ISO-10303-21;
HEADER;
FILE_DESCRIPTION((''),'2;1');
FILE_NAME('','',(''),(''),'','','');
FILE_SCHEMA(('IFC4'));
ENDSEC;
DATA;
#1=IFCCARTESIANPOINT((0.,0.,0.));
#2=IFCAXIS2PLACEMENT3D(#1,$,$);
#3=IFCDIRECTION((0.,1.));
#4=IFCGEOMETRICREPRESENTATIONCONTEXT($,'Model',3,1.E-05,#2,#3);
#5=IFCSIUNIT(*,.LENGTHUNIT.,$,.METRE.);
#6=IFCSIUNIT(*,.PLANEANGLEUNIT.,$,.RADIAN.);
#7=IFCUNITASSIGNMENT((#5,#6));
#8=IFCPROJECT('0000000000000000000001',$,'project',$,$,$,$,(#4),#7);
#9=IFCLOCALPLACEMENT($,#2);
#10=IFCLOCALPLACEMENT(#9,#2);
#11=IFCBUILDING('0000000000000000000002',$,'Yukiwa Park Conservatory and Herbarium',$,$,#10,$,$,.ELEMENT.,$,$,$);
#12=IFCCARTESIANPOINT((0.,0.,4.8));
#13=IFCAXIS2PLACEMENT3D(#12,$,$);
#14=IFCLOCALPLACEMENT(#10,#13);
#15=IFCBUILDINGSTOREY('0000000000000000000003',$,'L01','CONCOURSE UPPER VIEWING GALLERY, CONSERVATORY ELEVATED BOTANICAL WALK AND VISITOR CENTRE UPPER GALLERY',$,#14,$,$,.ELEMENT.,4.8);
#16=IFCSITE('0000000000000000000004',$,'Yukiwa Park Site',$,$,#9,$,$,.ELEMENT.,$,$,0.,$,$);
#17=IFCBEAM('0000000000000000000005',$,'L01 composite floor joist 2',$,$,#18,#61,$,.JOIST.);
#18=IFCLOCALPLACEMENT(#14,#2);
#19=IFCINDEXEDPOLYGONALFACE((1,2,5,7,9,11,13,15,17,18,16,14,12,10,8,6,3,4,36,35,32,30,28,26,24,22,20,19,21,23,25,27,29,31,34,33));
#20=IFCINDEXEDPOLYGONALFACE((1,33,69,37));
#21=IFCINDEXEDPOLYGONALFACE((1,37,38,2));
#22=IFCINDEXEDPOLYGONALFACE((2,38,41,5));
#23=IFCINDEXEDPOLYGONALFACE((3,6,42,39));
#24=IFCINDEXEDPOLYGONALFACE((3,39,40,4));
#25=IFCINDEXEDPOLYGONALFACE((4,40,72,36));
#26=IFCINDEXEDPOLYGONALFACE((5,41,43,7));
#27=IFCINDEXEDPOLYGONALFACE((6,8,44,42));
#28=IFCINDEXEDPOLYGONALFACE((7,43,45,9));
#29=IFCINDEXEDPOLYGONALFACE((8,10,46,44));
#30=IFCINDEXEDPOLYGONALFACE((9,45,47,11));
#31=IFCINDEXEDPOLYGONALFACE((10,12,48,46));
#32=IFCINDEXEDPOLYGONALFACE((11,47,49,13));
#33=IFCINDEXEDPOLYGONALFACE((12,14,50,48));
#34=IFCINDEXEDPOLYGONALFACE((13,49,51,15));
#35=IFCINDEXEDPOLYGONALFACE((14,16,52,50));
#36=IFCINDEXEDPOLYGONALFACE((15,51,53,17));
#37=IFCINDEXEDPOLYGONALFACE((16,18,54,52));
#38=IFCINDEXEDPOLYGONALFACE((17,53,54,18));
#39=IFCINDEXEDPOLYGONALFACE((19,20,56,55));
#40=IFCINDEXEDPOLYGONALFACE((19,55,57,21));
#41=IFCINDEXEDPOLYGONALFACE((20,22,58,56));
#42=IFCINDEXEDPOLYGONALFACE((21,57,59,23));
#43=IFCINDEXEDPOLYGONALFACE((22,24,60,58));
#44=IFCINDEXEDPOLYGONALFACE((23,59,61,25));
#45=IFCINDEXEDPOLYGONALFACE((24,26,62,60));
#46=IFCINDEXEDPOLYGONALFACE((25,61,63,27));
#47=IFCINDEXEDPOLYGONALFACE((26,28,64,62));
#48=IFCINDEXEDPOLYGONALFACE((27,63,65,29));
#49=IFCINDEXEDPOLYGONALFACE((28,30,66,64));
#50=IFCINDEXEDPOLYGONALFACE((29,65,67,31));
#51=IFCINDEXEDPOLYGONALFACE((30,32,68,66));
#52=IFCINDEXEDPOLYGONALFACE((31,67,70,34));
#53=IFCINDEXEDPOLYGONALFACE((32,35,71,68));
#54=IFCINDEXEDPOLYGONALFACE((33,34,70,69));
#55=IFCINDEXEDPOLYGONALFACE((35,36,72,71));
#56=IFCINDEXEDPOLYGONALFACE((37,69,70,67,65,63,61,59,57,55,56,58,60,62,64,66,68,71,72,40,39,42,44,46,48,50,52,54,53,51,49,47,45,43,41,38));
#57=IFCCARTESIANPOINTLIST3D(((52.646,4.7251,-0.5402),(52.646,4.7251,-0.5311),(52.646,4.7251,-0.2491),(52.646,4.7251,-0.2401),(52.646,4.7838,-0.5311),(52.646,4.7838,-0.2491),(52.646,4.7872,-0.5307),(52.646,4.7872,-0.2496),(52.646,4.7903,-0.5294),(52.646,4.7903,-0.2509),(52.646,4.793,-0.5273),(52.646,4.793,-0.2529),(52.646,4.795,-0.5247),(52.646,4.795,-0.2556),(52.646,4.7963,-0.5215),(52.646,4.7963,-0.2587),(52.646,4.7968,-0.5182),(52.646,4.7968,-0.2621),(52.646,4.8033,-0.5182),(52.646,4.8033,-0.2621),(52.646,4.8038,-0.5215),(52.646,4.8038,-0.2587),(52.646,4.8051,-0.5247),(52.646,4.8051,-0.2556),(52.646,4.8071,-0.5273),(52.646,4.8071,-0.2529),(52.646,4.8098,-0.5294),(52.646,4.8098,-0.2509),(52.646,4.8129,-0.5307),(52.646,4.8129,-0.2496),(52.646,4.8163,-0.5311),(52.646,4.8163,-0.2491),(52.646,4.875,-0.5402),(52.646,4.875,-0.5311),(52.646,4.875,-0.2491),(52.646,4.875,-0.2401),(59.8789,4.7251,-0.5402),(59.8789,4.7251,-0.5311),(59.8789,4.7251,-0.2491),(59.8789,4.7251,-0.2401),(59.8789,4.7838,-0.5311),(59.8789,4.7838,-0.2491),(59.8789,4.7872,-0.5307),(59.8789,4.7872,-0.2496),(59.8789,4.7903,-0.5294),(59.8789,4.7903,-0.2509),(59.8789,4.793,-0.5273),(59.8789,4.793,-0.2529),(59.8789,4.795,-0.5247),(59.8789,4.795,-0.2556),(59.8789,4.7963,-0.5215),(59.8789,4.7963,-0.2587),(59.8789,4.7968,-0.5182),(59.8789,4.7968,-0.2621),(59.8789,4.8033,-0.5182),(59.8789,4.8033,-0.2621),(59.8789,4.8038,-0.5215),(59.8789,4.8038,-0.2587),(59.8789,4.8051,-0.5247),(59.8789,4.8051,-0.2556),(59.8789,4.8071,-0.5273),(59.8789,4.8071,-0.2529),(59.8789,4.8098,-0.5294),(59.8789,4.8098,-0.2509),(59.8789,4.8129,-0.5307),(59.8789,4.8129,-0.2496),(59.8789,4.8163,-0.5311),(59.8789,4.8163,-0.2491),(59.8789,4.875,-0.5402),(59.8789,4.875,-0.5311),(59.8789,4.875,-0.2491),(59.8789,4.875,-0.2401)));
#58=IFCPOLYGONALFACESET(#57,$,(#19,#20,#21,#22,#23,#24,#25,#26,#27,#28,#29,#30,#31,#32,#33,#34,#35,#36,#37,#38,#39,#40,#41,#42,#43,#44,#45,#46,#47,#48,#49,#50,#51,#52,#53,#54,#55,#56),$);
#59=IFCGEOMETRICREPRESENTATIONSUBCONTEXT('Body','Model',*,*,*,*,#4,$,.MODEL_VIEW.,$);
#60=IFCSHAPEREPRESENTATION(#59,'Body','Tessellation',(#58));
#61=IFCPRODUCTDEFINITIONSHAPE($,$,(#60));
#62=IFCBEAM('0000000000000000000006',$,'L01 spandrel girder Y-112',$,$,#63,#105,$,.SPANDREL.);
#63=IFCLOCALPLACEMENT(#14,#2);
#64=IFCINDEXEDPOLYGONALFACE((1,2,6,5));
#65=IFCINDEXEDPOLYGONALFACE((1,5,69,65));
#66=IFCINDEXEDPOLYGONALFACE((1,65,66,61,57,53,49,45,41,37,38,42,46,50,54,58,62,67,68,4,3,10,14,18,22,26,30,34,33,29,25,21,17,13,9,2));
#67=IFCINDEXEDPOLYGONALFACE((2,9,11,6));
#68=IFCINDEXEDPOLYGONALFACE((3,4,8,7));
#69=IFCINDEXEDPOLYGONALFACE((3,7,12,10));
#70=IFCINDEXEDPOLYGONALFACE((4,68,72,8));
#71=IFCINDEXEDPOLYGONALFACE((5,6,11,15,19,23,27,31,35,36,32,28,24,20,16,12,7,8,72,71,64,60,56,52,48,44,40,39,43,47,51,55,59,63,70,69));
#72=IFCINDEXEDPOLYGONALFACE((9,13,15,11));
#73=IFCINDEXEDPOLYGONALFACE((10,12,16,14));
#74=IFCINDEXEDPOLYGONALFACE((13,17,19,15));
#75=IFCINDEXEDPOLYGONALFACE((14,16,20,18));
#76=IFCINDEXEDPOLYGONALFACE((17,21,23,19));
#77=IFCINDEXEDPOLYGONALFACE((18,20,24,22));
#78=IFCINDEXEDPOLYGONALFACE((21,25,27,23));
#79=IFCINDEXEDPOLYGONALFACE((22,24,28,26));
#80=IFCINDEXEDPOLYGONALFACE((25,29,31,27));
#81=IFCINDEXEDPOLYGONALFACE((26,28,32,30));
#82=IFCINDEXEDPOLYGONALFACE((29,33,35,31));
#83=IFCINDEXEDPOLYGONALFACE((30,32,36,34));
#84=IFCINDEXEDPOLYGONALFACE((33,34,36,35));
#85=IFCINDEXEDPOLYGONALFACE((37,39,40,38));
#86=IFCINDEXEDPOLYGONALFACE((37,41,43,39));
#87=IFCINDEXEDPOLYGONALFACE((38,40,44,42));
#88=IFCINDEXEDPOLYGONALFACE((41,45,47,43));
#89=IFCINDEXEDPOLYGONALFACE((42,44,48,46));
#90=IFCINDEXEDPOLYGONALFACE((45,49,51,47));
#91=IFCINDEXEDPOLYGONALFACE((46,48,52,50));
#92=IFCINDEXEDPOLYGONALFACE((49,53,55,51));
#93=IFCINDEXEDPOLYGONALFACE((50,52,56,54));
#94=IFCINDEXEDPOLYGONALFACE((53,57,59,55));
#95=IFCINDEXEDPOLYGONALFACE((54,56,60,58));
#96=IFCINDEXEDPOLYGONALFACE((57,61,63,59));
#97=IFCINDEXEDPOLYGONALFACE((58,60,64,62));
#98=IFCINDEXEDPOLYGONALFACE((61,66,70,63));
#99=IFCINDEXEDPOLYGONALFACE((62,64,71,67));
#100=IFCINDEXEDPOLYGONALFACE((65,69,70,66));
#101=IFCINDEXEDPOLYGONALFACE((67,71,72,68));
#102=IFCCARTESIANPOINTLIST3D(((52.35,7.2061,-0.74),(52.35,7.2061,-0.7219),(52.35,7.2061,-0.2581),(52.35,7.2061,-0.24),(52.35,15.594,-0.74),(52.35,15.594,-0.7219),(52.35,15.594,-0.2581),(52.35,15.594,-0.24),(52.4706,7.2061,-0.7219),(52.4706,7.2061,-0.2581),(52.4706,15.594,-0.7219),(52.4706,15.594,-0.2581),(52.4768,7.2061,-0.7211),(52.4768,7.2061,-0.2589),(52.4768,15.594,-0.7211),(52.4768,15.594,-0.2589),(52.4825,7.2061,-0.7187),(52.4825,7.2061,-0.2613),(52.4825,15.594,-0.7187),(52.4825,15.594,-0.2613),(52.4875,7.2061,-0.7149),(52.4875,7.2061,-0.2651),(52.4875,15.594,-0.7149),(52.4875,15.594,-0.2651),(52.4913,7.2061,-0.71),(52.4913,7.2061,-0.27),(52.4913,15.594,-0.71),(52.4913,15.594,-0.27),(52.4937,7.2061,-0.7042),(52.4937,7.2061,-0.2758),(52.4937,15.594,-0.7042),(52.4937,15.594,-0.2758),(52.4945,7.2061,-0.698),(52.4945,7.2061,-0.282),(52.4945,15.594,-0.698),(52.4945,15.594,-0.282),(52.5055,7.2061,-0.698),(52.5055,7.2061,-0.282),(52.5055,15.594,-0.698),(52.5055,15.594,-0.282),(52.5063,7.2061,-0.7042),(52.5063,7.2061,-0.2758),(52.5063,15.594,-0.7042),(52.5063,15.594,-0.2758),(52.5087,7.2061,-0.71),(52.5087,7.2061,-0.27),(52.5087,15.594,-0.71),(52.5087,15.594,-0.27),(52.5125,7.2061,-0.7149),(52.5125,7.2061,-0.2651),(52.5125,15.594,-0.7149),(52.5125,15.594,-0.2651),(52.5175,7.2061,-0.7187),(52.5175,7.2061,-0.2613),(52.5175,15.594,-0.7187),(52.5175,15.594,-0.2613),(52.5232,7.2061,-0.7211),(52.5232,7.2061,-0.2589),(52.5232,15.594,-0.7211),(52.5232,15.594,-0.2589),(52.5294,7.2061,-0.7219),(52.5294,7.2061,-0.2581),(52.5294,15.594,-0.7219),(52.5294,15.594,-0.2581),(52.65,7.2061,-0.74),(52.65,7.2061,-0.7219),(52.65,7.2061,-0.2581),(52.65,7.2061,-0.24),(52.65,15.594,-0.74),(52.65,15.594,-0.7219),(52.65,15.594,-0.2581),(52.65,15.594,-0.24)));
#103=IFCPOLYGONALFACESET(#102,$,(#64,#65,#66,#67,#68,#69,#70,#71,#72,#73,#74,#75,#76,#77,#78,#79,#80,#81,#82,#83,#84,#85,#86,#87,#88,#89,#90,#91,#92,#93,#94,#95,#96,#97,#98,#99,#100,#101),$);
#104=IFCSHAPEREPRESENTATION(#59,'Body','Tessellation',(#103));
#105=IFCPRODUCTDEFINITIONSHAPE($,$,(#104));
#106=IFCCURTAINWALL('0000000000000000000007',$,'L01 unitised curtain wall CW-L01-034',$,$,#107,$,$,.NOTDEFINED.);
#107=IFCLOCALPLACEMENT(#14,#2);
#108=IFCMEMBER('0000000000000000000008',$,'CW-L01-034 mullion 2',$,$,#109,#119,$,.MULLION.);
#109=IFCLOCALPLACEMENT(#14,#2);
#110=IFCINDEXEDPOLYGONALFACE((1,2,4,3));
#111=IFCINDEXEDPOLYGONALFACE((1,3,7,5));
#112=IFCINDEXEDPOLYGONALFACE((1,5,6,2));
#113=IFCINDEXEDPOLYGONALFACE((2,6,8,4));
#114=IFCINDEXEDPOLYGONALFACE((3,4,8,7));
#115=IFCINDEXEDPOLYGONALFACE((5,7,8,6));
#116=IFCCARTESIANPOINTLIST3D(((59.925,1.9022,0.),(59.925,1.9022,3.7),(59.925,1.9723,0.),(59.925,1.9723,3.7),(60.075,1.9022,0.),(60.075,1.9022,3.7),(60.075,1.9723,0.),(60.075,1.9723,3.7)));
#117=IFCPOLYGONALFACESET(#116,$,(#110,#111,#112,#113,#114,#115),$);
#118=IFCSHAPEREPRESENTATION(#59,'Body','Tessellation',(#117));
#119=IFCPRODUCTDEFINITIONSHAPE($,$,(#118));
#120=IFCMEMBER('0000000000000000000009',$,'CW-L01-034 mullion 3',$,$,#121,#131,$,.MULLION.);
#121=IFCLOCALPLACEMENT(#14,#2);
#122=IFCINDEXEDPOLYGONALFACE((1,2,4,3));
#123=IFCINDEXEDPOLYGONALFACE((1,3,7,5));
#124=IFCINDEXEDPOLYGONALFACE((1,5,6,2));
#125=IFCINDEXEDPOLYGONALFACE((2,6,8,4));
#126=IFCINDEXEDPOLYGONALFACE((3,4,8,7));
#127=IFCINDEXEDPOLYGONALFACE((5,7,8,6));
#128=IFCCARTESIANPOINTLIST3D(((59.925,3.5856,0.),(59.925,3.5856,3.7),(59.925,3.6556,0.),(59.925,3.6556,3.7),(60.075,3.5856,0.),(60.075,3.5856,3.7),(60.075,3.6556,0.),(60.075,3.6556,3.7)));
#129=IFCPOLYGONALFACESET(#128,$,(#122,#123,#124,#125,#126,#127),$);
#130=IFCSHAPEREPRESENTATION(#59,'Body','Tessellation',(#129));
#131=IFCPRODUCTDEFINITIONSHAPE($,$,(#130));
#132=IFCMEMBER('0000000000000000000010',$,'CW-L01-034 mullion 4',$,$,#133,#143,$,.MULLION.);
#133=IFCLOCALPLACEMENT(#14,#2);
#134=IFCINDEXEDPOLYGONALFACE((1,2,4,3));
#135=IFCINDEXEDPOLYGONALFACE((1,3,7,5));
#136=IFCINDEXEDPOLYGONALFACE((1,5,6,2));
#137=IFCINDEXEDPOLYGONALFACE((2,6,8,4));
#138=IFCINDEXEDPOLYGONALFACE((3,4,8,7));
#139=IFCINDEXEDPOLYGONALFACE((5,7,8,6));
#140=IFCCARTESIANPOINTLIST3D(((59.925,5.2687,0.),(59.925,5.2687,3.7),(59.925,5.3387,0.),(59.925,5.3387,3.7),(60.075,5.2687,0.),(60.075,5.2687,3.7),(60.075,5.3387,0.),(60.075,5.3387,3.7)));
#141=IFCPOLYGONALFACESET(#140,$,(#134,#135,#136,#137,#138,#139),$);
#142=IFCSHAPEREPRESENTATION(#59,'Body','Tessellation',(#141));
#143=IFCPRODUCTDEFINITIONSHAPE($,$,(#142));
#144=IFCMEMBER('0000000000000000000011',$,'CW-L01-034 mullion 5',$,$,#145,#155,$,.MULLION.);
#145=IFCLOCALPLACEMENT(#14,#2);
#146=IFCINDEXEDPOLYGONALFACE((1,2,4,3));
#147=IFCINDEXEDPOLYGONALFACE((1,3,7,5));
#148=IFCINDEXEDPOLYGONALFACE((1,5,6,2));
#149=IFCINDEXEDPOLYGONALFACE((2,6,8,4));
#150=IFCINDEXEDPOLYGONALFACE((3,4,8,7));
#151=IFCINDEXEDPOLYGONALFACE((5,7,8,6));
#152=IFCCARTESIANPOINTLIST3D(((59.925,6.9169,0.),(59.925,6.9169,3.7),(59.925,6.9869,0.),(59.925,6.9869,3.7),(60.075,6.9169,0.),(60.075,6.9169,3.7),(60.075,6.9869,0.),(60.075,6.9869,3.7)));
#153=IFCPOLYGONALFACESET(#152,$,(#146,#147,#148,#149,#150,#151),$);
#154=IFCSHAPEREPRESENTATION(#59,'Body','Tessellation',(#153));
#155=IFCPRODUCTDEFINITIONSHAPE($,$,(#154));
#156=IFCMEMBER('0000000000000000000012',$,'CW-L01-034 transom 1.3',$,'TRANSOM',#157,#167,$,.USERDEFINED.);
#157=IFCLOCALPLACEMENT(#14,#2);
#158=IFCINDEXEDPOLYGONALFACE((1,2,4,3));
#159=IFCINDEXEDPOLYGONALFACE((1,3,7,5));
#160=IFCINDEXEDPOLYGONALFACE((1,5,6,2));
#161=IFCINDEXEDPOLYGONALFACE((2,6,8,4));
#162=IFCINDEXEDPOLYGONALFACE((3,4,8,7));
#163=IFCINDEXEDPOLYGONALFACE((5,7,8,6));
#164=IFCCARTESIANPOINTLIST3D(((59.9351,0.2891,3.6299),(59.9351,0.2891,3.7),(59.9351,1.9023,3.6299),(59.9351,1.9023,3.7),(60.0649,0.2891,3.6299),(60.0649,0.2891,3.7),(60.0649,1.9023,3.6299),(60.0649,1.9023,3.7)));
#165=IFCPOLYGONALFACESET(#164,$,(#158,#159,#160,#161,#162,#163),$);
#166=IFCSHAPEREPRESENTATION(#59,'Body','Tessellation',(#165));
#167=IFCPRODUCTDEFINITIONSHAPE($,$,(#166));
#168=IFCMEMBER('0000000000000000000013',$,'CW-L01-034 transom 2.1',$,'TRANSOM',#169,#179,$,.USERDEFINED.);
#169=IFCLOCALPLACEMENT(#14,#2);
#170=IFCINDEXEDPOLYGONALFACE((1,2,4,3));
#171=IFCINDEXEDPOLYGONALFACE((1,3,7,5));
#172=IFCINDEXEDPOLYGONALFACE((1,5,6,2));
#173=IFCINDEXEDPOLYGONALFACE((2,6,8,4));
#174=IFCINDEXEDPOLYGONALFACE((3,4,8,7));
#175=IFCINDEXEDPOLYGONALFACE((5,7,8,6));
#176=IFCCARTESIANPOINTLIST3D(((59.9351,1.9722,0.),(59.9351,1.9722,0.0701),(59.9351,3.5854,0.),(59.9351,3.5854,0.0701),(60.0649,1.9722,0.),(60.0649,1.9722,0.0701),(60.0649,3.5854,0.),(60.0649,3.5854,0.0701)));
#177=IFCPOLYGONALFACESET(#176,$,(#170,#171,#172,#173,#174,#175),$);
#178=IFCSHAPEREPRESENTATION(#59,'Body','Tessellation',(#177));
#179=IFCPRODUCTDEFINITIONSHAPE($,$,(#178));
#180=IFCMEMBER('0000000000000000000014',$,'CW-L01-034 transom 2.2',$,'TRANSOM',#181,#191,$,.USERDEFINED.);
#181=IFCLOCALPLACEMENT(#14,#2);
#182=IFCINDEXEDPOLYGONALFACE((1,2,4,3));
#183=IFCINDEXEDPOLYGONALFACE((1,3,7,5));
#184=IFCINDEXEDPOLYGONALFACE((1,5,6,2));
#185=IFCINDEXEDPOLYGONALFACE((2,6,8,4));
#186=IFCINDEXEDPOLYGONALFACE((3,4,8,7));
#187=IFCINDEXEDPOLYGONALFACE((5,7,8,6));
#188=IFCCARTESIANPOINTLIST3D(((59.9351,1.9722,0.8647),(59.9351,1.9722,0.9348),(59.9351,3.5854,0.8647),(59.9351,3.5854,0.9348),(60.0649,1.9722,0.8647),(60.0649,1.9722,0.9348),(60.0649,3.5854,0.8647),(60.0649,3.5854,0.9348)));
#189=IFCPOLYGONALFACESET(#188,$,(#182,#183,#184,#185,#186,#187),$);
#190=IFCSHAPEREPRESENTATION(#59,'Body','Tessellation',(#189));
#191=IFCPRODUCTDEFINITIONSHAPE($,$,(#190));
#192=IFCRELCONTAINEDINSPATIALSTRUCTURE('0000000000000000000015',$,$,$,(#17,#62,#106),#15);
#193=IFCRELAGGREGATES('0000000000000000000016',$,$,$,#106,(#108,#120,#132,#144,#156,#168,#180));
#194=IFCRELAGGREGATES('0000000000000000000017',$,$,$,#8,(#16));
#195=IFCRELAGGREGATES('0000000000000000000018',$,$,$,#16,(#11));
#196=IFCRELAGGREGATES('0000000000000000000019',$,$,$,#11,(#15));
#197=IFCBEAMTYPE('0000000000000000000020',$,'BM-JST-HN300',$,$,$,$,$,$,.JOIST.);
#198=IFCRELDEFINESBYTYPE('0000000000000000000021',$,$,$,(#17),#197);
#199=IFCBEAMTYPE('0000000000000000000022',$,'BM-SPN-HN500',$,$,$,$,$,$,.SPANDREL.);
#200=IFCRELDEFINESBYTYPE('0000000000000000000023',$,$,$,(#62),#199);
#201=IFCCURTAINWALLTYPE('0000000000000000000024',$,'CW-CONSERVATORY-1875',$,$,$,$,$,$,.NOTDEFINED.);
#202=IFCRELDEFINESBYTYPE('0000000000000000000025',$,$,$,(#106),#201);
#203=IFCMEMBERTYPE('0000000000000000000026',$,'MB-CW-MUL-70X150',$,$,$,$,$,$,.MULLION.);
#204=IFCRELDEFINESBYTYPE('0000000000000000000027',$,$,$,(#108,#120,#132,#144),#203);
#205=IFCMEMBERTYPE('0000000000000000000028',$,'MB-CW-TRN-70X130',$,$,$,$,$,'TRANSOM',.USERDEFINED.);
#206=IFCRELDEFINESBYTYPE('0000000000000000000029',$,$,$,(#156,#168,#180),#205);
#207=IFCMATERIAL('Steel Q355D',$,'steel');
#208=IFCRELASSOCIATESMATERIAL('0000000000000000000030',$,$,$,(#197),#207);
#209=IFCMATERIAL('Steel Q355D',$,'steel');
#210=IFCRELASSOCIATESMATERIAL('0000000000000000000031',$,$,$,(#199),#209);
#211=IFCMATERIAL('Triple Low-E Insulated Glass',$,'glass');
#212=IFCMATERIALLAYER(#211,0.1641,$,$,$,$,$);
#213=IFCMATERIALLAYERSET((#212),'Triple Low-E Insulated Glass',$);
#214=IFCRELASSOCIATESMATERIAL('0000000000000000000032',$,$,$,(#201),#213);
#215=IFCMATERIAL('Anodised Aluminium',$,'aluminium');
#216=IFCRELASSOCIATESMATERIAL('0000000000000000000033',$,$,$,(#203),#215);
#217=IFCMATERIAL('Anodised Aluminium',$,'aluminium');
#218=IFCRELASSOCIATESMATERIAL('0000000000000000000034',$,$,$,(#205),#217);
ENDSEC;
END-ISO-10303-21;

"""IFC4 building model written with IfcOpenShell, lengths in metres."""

from ifc_helpers import new_model, si_unit, direction, frame, origin, origin_2d, place, context, subcontext, project, spatial, rectangle, i_section, extrude, material, layer, layer_set, material_profile, profile_set, type_object, element, aggregate, save


model = new_model("IFC4")

# Units and contexts
model_context = context("Model", 3, precision=1e-05, world=origin(), true_north=direction((0.0, 1.0)))
body_context = subcontext(model_context, "Body", "Model", "MODEL_VIEW")
ifc_project = project(units=[si_unit("LENGTHUNIT", "METRE"), si_unit("PLANEANGLEUNIT", "RADIAN")], contexts=[model_context])

# Site, building, storey
site_placement = place(None, origin())
site = spatial("IfcSite", under=ifc_project, at=site_placement, Name="Yukiwa Park Site", CompositionType="ELEMENT", RefElevation=0.0)
building_placement = place(site_placement, origin())
building = spatial("IfcBuilding", under=site, at=building_placement, Name="Yukiwa Park Conservatory and Herbarium", CompositionType="ELEMENT")
storey_placement = place(building_placement, frame((0.0, 0.0, 4.8)))
storey = spatial("IfcBuildingStorey", under=building, at=storey_placement, Name="L01", Description="CONCOURSE UPPER VIEWING GALLERY, CONSERVATORY ELEVATED BOTANICAL WALK AND VISITOR CENTRE UPPER GALLERY", CompositionType="ELEMENT", Elevation=4.8)

# Beams
ifc_material_1 = material(Name="Steel Q355D", Category="steel")
ifc_material_profile_1 = material_profile(ifc_material_1, i_section(OverallWidth=0.1499, OverallDepth=0.3, WebThickness=0.0066, FlangeThickness=0.009, FilletRadius=0.0129, at=origin_2d()), Name="HN 300x150x6.5x9")
ifc_profile_set_1 = profile_set([ifc_material_profile_1], Name="Steel Q355D")
beam_type_1 = type_object("IfcBeamType", Name="BM-JST-HN300", PredefinedType="JOIST", material=ifc_profile_set_1)
for number, where, z_axis, x_axis, name in (
    (1, (52.646, 4.8, -0.3901), (1.0, 0.0, 0.0), (0.0, 1.0, 0.0), "L01 composite floor joist 2"),
):
    element("IfcBeam", number, at=place(storey_placement, frame(where, z_axis=z_axis, x_axis=x_axis)), inside=storey, type_object=beam_type_1, Name=name, PredefinedType="JOIST", context=body_context, shape_type="SweptSolid", body=[
        extrude(i_section(OverallWidth=0.1499, OverallDepth=0.3, WebThickness=0.0066, FlangeThickness=0.009, FilletRadius=0.0129, at=origin_2d()), origin(), (0.0, 0.0, 1.0), 7.2329),
    ])
ifc_material_2 = material(Name="Steel Q355D", Category="steel")
ifc_material_profile_2 = material_profile(ifc_material_2, i_section(OverallWidth=0.3, OverallDepth=0.5, WebThickness=0.011, FlangeThickness=0.0181, FilletRadius=0.0239, at=origin_2d()), Name="HM 500x300x11x18")
ifc_profile_set_2 = profile_set([ifc_material_profile_2], Name="Steel Q355D")
beam_type_2 = type_object("IfcBeamType", Name="BM-SPN-HN500", PredefinedType="SPANDREL", material=ifc_profile_set_2)
beam_1_placement = place(storey_placement, frame((52.5, 7.2061, -0.49), z_axis=(0.0, 1.0, 0.0), x_axis=(-1.0, 0.0, 0.0)))
element("IfcBeam", 2, at=beam_1_placement, inside=storey, type_object=beam_type_2, Name="L01 spandrel girder Y-112", PredefinedType="SPANDREL", context=body_context, shape_type="SweptSolid", body=[
    extrude(i_section(OverallWidth=0.3, OverallDepth=0.5, WebThickness=0.011, FlangeThickness=0.0181, FilletRadius=0.0239, at=origin_2d()), origin(), (0.0, 0.0, 1.0), 8.3879),
])

# Curtain wall, members
ifc_material_3 = material(Name="Triple Low-E Insulated Glass", Category="glass")
ifc_layer_1 = layer(ifc_material_3, 0.1641)
ifc_layer_set_1 = layer_set([ifc_layer_1], Name="Triple Low-E Insulated Glass")
curtain_wall_type = type_object("IfcCurtainWallType", Name="CW-CONSERVATORY-1875", PredefinedType="NOTDEFINED", material=ifc_layer_set_1)
curtain_wall_placement = place(storey_placement, origin())
curtain_wall = element("IfcCurtainWall", 3, at=curtain_wall_placement, inside=storey, type_object=curtain_wall_type, Name="L01 unitised curtain wall CW-L01-034", PredefinedType="NOTDEFINED")
ifc_material_4 = material(Name="Anodised Aluminium", Category="aluminium")
member_type_1 = type_object("IfcMemberType", Name="MB-CW-MUL-70X150", PredefinedType="MULLION", material=ifc_material_4)
member_1_placement = place(storey_placement, frame((60.0, 1.9373, 0.0), z_axis=(0.0, 0.0, 1.0), x_axis=(0.0, 1.0, 0.0)))
member_1 = element("IfcMember", 4, at=member_1_placement, type_object=member_type_1, Name="CW-L01-034 mullion 2", PredefinedType="MULLION", context=body_context, shape_type="SweptSolid", body=[
    extrude(rectangle(XDim=0.0701, YDim=0.1499, at=origin_2d()), origin(), (0.0, 0.0, 1.0), 3.7),
])
member_2_placement = place(storey_placement, frame((60.0, 3.6206, 0.0), z_axis=(0.0, 0.0, 1.0), x_axis=(0.0, 1.0, 0.0)))
member_2 = element("IfcMember", 5, at=member_2_placement, type_object=member_type_1, Name="CW-L01-034 mullion 3", PredefinedType="MULLION", context=body_context, shape_type="SweptSolid", body=[
    extrude(rectangle(XDim=0.0701, YDim=0.1499, at=origin_2d()), origin(), (0.0, 0.0, 1.0), 3.7),
])
member_3_placement = place(storey_placement, frame((60.0, 5.3037, 0.0), z_axis=(0.0, 0.0, 1.0), x_axis=(0.0, 1.0, 0.0)))
member_3 = element("IfcMember", 6, at=member_3_placement, type_object=member_type_1, Name="CW-L01-034 mullion 4", PredefinedType="MULLION", context=body_context, shape_type="SweptSolid", body=[
    extrude(rectangle(XDim=0.0701, YDim=0.1499, at=origin_2d()), origin(), (0.0, 0.0, 1.0), 3.7),
])
member_4_placement = place(storey_placement, frame((60.0, 6.9519, 0.0), z_axis=(0.0, 0.0, 1.0), x_axis=(0.0, 1.0, 0.0)))
member_4 = element("IfcMember", 7, at=member_4_placement, type_object=member_type_1, Name="CW-L01-034 mullion 5", PredefinedType="MULLION", context=body_context, shape_type="SweptSolid", body=[
    extrude(rectangle(XDim=0.0701, YDim=0.1499, at=origin_2d()), origin(), (0.0, 0.0, 1.0), 3.7),
])
ifc_material_5 = material(Name="Anodised Aluminium", Category="aluminium")
member_type_2 = type_object("IfcMemberType", Name="MB-CW-TRN-70X130", ElementType="TRANSOM", PredefinedType="USERDEFINED", material=ifc_material_5)
member_5_placement = place(storey_placement, frame((60.0, 1.0957, 3.6299), z_axis=(0.0, 0.0, 1.0), x_axis=(0.0, 1.0, 0.0)))
member_5 = element("IfcMember", 8, at=member_5_placement, type_object=member_type_2, Name="CW-L01-034 transom 1.3", ObjectType="TRANSOM", PredefinedType="USERDEFINED", context=body_context, shape_type="SweptSolid", body=[
    extrude(rectangle(XDim=1.6133, YDim=0.1299, at=origin_2d()), origin(), (0.0, 0.0, 1.0), 0.0701),
])
member_6_placement = place(storey_placement, frame((60.0, 2.7788, 0.0), z_axis=(0.0, 0.0, 1.0), x_axis=(0.0, 1.0, 0.0)))
member_6 = element("IfcMember", 9, at=member_6_placement, type_object=member_type_2, Name="CW-L01-034 transom 2.1", ObjectType="TRANSOM", PredefinedType="USERDEFINED", context=body_context, shape_type="SweptSolid", body=[
    extrude(rectangle(XDim=1.6133, YDim=0.1299, at=origin_2d()), origin(), (0.0, 0.0, 1.0), 0.0701),
])
member_7_placement = place(storey_placement, frame((60.0, 2.7788, 0.8647), z_axis=(0.0, 0.0, 1.0), x_axis=(0.0, 1.0, 0.0)))
member_7 = element("IfcMember", 10, at=member_7_placement, type_object=member_type_2, Name="CW-L01-034 transom 2.2", ObjectType="TRANSOM", PredefinedType="USERDEFINED", context=body_context, shape_type="SweptSolid", body=[
    extrude(rectangle(XDim=1.6133, YDim=0.1299, at=origin_2d()), origin(), (0.0, 0.0, 1.0), 0.0701),
])

aggregate(curtain_wall, [member_1, member_2, member_3, member_4, member_5, member_6, member_7])

save(model, "model.ifc")
